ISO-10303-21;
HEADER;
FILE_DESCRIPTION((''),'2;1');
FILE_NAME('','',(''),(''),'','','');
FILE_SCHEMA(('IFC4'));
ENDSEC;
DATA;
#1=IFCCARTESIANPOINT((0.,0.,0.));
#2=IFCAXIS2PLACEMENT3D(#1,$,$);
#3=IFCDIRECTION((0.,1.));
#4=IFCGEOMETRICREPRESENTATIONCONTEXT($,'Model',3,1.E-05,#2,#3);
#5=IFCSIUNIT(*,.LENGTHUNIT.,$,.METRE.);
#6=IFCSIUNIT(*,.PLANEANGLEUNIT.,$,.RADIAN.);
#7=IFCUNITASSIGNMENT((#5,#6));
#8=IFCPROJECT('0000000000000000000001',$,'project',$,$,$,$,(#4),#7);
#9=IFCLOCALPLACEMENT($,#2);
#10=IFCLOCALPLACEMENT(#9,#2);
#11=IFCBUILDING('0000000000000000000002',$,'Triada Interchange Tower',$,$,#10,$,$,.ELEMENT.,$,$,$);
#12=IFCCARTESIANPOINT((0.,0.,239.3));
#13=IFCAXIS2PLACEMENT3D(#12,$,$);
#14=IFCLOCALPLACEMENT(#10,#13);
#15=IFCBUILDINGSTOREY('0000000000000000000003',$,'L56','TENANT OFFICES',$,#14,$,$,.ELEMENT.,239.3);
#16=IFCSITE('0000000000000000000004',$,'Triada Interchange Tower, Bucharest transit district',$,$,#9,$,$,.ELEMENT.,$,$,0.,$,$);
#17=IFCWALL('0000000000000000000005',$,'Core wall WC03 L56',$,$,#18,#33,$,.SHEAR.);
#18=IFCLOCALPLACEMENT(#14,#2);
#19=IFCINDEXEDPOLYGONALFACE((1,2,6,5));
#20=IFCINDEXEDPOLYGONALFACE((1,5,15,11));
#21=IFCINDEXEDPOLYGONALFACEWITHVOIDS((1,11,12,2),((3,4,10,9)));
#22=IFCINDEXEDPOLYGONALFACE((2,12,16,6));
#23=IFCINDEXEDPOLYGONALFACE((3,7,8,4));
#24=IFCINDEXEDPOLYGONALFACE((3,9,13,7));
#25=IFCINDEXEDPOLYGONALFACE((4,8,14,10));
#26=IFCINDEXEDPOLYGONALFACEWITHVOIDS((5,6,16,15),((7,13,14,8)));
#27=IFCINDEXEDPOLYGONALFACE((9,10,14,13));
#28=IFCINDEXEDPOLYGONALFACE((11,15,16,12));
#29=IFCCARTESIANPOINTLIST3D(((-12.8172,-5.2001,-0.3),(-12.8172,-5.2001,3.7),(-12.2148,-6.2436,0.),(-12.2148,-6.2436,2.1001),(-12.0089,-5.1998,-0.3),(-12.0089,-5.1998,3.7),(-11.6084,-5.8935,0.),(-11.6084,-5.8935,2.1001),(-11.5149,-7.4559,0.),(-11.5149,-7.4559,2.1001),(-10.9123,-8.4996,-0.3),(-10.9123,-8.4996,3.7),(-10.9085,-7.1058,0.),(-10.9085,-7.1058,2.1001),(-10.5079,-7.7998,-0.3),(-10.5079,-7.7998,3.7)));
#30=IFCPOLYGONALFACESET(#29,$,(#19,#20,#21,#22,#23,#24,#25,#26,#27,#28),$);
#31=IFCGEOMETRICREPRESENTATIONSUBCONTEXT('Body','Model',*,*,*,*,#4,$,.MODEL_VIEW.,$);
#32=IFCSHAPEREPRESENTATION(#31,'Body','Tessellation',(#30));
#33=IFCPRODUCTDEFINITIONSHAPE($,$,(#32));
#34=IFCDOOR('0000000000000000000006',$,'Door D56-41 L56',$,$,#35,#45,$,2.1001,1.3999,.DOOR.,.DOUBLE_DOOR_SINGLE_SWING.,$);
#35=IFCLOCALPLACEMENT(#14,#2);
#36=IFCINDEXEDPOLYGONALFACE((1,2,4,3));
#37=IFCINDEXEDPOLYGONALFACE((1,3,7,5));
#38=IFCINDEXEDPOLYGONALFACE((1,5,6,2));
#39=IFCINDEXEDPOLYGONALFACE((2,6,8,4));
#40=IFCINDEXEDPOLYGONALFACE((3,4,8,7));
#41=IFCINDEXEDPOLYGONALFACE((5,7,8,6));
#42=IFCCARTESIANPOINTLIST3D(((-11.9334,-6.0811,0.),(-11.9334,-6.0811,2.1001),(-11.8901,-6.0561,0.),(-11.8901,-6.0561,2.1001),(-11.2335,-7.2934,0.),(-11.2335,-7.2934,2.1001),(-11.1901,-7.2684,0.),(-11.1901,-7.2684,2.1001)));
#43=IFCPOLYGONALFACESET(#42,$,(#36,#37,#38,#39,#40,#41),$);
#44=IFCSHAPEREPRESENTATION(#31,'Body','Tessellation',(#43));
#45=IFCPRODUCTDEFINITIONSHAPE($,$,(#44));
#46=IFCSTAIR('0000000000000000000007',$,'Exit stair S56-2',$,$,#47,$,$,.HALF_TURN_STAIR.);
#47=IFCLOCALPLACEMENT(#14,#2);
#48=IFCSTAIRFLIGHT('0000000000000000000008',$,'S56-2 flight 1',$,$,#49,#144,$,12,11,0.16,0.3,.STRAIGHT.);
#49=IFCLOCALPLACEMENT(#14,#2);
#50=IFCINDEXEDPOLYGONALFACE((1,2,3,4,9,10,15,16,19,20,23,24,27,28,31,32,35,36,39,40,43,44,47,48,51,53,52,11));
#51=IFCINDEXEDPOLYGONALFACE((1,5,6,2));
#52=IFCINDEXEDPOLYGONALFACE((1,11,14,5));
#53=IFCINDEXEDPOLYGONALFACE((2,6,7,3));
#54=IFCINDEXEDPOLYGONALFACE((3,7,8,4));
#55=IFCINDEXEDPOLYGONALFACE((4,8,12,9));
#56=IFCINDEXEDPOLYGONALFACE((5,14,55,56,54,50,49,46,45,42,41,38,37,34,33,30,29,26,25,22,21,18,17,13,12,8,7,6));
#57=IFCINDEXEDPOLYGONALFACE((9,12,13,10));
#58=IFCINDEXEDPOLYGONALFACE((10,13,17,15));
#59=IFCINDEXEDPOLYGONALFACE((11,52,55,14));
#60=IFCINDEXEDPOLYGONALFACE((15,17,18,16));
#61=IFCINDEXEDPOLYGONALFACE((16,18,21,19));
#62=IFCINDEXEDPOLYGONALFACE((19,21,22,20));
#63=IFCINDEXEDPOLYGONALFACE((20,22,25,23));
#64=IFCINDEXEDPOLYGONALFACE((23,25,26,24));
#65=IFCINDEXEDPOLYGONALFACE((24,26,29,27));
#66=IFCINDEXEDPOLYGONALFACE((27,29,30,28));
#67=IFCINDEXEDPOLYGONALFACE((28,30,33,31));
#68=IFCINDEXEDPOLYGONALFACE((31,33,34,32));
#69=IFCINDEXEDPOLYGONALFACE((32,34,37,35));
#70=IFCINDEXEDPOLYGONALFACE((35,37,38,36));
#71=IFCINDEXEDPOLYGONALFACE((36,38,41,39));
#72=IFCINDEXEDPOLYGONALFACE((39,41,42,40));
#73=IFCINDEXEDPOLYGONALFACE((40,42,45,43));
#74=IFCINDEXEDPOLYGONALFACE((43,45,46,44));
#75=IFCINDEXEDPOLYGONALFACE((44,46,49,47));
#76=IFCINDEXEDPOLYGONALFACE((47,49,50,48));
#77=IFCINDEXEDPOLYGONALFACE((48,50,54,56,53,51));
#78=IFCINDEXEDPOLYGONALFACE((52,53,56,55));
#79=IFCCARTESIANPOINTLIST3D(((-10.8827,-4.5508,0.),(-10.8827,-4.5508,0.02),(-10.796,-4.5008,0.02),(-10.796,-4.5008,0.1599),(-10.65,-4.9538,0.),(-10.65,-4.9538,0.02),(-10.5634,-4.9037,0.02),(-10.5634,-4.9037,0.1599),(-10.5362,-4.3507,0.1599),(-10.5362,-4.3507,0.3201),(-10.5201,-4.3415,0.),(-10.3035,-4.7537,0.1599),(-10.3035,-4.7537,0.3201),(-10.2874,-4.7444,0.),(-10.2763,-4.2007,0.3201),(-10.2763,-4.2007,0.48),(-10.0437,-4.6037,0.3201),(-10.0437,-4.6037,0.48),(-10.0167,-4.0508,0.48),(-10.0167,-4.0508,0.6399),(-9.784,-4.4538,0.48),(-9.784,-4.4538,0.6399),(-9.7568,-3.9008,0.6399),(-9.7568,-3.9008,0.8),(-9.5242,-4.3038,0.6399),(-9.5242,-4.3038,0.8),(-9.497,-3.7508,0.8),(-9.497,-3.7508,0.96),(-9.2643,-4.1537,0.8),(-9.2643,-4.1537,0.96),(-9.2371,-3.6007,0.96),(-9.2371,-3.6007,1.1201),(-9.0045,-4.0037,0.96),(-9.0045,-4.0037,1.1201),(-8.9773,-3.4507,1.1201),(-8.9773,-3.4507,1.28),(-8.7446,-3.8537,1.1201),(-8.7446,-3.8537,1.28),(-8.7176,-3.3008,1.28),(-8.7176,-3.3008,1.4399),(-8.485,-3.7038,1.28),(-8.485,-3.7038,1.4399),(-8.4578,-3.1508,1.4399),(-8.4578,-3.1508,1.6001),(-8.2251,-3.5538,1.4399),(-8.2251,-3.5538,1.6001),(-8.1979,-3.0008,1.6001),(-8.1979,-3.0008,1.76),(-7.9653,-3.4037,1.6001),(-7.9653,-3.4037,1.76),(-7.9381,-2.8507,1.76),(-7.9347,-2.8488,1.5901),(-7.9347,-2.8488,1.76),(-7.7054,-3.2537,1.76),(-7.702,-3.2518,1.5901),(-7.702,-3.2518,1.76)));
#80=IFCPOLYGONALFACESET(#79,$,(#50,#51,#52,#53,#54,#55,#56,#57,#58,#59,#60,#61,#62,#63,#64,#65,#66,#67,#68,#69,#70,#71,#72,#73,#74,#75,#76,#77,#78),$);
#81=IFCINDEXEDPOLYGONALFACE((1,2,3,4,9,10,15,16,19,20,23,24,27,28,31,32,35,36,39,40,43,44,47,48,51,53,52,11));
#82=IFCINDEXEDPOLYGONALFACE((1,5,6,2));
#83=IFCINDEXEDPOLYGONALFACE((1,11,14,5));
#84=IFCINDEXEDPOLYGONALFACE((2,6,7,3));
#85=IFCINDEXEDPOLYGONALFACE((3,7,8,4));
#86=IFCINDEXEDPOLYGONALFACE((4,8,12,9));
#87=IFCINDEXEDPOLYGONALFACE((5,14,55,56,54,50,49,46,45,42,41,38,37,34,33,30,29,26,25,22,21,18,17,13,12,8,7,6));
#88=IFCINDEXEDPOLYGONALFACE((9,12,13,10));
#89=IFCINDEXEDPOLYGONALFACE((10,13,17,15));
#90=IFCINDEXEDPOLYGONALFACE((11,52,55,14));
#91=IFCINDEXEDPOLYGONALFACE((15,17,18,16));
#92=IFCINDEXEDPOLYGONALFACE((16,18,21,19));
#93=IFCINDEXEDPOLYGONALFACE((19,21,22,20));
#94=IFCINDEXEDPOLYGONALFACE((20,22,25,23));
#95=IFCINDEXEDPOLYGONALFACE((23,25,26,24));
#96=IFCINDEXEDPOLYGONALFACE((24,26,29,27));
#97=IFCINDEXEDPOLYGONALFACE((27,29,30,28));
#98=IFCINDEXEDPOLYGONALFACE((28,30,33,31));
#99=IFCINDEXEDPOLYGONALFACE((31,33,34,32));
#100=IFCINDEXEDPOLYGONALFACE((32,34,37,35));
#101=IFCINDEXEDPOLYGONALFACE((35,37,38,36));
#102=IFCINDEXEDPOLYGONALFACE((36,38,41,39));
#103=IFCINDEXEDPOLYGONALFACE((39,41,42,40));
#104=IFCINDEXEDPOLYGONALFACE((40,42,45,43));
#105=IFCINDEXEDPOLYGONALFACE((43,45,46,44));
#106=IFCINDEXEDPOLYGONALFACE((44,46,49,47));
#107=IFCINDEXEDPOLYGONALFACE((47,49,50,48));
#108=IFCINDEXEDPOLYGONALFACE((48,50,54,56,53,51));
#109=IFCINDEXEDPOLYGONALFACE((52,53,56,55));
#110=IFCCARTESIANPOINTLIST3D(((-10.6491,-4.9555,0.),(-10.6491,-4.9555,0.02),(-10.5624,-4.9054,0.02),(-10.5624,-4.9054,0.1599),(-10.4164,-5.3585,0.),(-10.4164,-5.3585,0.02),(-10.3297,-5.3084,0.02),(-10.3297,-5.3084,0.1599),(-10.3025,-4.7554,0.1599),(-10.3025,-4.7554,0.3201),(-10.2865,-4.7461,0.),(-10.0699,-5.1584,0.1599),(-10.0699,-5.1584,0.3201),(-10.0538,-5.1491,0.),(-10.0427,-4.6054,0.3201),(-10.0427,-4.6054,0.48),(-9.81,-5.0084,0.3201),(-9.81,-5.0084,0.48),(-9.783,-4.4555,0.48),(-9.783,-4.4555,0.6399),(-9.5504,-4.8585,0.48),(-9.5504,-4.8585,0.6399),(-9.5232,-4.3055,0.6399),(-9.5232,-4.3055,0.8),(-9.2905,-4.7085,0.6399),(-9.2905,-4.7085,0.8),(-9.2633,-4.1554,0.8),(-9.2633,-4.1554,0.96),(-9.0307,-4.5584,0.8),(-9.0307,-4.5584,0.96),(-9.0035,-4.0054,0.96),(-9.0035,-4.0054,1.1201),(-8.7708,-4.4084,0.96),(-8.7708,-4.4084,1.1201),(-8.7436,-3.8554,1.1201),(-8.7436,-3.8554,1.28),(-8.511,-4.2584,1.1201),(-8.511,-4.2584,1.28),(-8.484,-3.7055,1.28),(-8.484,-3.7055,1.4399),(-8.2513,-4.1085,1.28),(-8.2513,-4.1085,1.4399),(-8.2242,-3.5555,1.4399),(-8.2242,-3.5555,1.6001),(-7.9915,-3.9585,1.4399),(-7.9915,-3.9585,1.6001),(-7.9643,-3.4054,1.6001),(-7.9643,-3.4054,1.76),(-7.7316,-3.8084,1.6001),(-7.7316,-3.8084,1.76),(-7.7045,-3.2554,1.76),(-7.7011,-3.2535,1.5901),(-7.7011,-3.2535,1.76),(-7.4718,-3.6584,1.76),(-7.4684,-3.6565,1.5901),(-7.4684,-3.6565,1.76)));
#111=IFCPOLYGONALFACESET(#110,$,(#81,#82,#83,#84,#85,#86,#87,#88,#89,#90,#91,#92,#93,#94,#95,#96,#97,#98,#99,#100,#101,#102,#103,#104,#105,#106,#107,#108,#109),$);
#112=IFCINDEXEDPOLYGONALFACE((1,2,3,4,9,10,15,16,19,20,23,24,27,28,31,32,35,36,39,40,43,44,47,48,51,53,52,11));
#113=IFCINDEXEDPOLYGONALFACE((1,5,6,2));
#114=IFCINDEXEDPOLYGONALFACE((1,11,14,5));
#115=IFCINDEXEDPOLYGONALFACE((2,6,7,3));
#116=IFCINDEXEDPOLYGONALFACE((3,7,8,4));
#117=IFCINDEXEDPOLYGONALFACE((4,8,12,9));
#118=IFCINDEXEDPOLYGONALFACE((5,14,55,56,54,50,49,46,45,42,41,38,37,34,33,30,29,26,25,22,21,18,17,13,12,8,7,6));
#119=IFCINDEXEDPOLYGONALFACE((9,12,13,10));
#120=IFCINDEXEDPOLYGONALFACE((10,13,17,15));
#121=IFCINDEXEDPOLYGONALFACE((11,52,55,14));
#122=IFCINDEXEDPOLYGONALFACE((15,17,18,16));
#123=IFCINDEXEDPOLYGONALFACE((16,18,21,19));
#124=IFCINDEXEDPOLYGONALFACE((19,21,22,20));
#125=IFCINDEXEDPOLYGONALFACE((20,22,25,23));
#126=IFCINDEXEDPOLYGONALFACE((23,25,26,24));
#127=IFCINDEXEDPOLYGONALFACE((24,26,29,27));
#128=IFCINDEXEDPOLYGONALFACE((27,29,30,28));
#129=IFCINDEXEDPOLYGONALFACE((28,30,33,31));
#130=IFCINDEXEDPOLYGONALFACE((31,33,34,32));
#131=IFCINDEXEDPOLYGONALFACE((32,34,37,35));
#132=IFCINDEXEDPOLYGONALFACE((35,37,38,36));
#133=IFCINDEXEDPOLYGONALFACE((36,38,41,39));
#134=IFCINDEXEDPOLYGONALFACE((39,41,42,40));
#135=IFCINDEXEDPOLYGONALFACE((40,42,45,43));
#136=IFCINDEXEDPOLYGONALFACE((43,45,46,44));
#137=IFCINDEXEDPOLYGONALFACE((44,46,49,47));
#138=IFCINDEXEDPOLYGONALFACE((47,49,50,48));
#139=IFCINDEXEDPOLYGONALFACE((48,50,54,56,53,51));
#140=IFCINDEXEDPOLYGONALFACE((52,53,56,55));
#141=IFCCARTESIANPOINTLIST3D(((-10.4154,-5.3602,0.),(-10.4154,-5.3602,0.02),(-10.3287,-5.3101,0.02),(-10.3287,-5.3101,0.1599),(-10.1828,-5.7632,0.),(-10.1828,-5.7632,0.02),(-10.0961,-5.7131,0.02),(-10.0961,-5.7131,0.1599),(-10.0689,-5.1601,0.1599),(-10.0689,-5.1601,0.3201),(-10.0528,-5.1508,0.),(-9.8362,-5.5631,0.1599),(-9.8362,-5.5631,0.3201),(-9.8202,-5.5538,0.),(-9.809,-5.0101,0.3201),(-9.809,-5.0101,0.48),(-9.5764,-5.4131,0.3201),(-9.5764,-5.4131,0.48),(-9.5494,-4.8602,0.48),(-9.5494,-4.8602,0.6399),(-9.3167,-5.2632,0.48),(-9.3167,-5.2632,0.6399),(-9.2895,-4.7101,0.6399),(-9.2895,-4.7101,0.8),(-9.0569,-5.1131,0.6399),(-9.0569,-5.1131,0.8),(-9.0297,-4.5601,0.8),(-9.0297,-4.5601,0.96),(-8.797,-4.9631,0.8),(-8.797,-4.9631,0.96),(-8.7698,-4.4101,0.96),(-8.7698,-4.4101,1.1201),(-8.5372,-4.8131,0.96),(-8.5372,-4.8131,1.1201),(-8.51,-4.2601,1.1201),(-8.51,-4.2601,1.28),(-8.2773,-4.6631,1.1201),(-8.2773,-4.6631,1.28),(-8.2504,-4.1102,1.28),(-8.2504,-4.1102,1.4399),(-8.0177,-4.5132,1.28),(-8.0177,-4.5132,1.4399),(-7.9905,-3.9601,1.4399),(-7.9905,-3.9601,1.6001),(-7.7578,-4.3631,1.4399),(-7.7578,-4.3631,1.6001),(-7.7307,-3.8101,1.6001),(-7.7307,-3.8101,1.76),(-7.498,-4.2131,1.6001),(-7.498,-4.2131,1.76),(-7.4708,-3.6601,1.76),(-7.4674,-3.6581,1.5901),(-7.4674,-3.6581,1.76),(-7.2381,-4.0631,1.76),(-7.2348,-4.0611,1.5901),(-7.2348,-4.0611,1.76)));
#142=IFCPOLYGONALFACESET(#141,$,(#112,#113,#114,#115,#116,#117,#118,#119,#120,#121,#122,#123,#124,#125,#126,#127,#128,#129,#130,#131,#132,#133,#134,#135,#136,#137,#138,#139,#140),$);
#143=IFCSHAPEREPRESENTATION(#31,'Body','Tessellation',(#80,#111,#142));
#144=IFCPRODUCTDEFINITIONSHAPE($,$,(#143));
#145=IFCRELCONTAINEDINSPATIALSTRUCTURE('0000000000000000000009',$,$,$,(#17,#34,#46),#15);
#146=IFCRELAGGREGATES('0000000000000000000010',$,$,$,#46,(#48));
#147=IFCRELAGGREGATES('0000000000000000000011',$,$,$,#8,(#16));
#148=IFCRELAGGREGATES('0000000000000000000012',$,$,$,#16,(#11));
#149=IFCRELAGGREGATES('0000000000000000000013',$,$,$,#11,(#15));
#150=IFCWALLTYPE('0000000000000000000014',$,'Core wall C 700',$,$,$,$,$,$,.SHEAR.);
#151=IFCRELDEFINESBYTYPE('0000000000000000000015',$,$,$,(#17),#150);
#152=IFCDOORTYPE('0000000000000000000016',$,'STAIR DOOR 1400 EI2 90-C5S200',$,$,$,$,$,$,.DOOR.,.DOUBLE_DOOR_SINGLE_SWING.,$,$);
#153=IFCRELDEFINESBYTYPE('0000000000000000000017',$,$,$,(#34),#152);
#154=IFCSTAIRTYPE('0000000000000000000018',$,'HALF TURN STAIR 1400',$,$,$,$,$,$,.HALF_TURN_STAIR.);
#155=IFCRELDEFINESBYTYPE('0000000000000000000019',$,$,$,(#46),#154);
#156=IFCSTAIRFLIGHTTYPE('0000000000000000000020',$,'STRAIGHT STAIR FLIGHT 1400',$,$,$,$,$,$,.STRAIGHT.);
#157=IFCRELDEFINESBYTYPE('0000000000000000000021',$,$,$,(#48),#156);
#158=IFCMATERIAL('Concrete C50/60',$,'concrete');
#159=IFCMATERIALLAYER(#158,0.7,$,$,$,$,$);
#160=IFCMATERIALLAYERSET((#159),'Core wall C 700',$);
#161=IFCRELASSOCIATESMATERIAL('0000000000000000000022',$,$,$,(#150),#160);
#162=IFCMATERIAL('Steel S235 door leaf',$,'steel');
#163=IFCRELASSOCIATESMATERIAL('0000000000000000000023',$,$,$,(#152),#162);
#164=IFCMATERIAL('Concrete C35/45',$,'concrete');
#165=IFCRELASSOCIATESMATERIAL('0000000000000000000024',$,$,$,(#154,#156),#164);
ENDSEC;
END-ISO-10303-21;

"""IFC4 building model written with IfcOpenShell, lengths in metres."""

from ifc_helpers import new_model, si_unit, direction, frame, frame_2d, origin, place, context, subcontext, project, spatial, polyline, rectangle, outline, extrude, material, layer, layer_set, type_object, element, fill, aggregate, save


model = new_model("IFC4")

# Units and contexts
model_context = context("Model", 3, precision=1e-05, world=origin(), true_north=direction((0.0, 1.0)))
body_context = subcontext(model_context, "Body", "Model", "MODEL_VIEW")
ifc_project = project(units=[si_unit("LENGTHUNIT", "METRE"), si_unit("PLANEANGLEUNIT", "RADIAN")], contexts=[model_context])

# Site, building, storey
site_placement = place(None, origin())
site = spatial("IfcSite", under=ifc_project, at=site_placement, Name="Triada Interchange Tower, Bucharest transit district", CompositionType="ELEMENT", RefElevation=0.0)
building_placement = place(site_placement, origin())
building = spatial("IfcBuilding", under=site, at=building_placement, Name="Triada Interchange Tower", CompositionType="ELEMENT")
storey_placement = place(building_placement, frame((0.0, 0.0, 239.3)))
storey = spatial("IfcBuildingStorey", under=building, at=storey_placement, Name="L56", Description="TENANT OFFICES", CompositionType="ELEMENT", Elevation=239.3)

# Shared definitions
ifc_material_1 = material(Name="Steel S235 door leaf", Category="steel")

# Wall, opening, door
ifc_material_2 = material(Name="Concrete C50/60", Category="concrete")
ifc_layer_1 = layer(ifc_material_2, 0.7)
ifc_layer_set_1 = layer_set([ifc_layer_1], Name="Core wall C 700")
wall_type_1 = type_object("IfcWallType", Name="Core wall C 700", PredefinedType="SHEAR", material=ifc_layer_set_1)
wall_1_placement = place(storey_placement, frame((-12.4131, -5.2, -0.3), z_axis=(0.0, 0.0, 1.0), x_axis=(0.499993, -0.866029, 0.0)))
wall_1 = element("IfcWall", 1, at=wall_1_placement, inside=storey, type_object=wall_type_1, Name="Core wall WC03 L56", PredefinedType="SHEAR", context=body_context, shape_type="SweptSolid", body=[
    extrude(outline(polyline([(-0.2019, -0.3501), (1.7031, -0.3501), (3.6079, -0.3501), (3.2041, 0.3501), (1.7031, 0.3501), (0.2019, 0.3501), (-0.2019, -0.3501)])), origin(), (0.0, 0.0, 1.0), 4.0),
])
opening_1_placement = place(wall_1_placement, frame((1.0029, 0.0, 0.3)))
opening_1 = element("IfcOpeningElement", 2, at=opening_1_placement, cuts=wall_1, PredefinedType="OPENING", context=body_context, shape_type="SweptSolid", body=[
    extrude(rectangle(XDim=1.3999, YDim=2.1001, at=frame_2d((0.7, 1.05))), frame((0.0, 0.3601, 0.0), z_axis=(0.0, -1.0, 0.0), x_axis=(1.0, 0.0, 0.0)), (0.0, 0.0, 1.0), 0.7202),
])
door_type_1 = type_object("IfcDoorType", Name="STAIR DOOR 1400 EI2 90-C5S200", OperationType="DOUBLE_DOOR_SINGLE_SWING", PredefinedType="DOOR", material=ifc_material_1)
door_1_placement = place(opening_1_placement, origin())
door_1 = element("IfcDoor", 3, at=door_1_placement, inside=storey, type_object=door_type_1, Name="Door D56-41 L56", OperationType="DOUBLE_DOOR_SINGLE_SWING", OverallHeight=2.1001, OverallWidth=1.3999, PredefinedType="DOOR", context=body_context, shape_type="SweptSolid", body=[
    extrude(rectangle(XDim=1.3999, YDim=2.1001, at=frame_2d((0.7, 1.05))), frame((0.0, 0.0249, 0.0), z_axis=(0.0, -1.0, 0.0), x_axis=(1.0, 0.0, 0.0)), (0.0, 0.0, 1.0), 0.05),
])
fill(opening_1, door_1)

# Stair, stair flight
ifc_material_3 = material(Name="Concrete C35/45", Category="concrete")
stair_type = type_object("IfcStairType", Name="HALF TURN STAIR 1400", PredefinedType="HALF_TURN_STAIR", material=ifc_material_3)
stair_placement = place(storey_placement, origin())
stair = element("IfcStair", 4, at=stair_placement, inside=storey, type_object=stair_type, Name="Exit stair S56-2", PredefinedType="HALF_TURN_STAIR")
stair_flight_type = type_object("IfcStairFlightType", Name="STRAIGHT STAIR FLIGHT 1400", PredefinedType="STRAIGHT", material=ifc_material_3)
stair_flight_1_placement = place(storey_placement, frame((-10.446, -5.1069, 0.0), z_axis=(0.0, 0.0, 1.0), x_axis=(0.866025, 0.5, 0.0)))
stair_flight_1 = element("IfcStairFlight", 5, at=stair_flight_1_placement, type_object=stair_flight_type, Name="S56-2 flight 1", NumberOfRisers=12, NumberOfTreads=11, PredefinedType="STRAIGHT", RiserHeight=0.16, TreadLength=0.3, context=body_context, shape_type="SweptSolid", body=[
    extrude(outline(polyline([(-0.1001, 0.0), (-0.1001, 0.02), (0.0, 0.02), (0.0, 0.1599), (0.3, 0.1599), (0.3, 0.3201), (0.6001, 0.3201), (0.6001, 0.48), (0.8999, 0.48), (0.8999, 0.6399), (1.2, 0.6399), (1.2, 0.8), (1.5, 0.8), (1.5, 0.96), (1.8, 0.96), (1.8, 1.1201), (2.1001, 1.1201), (2.1001, 1.28), (2.3999, 1.28), (2.3999, 1.4399), (2.7, 1.4399), (2.7, 1.6001), (3.0, 1.6001), (3.0, 1.76), (3.3, 1.76), (3.304, 1.76), (3.304, 1.9199), (3.304, 1.5901), (0.3186, 0.0), (-0.1001, 0.0)])), frame((0.0, 0.7, 0.0), z_axis=(0.0, -1.0, 0.0), x_axis=(1.0, 0.0, 0.0)), (0.0, 0.0, 1.0), 0.4653),
    extrude(outline(polyline([(-0.1001, 0.0), (-0.1001, 0.02), (0.0, 0.02), (0.0, 0.1599), (0.3, 0.1599), (0.3, 0.3201), (0.6001, 0.3201), (0.6001, 0.48), (0.8999, 0.48), (0.8999, 0.6399), (1.2, 0.6399), (1.2, 0.8), (1.5, 0.8), (1.5, 0.96), (1.8, 0.96), (1.8, 1.1201), (2.1001, 1.1201), (2.1001, 1.28), (2.3999, 1.28), (2.3999, 1.4399), (2.7, 1.4399), (2.7, 1.6001), (3.0, 1.6001), (3.0, 1.76), (3.3, 1.76), (3.304, 1.76), (3.304, 1.9199), (3.304, 1.5901), (0.3186, 0.0), (-0.1001, 0.0)])), frame((0.0, 0.2327, 0.0), z_axis=(0.0, -1.0, 0.0), x_axis=(1.0, 0.0, 0.0)), (0.0, 0.0, 1.0), 0.4653),
    extrude(outline(polyline([(-0.1001, 0.0), (-0.1001, 0.02), (0.0, 0.02), (0.0, 0.1599), (0.3, 0.1599), (0.3, 0.3201), (0.6001, 0.3201), (0.6001, 0.48), (0.8999, 0.48), (0.8999, 0.6399), (1.2, 0.6399), (1.2, 0.8), (1.5, 0.8), (1.5, 0.96), (1.8, 0.96), (1.8, 1.1201), (2.1001, 1.1201), (2.1001, 1.28), (2.3999, 1.28), (2.3999, 1.4399), (2.7, 1.4399), (2.7, 1.6001), (3.0, 1.6001), (3.0, 1.76), (3.3, 1.76), (3.304, 1.76), (3.304, 1.9199), (3.304, 1.5901), (0.3186, 0.0), (-0.1001, 0.0)])), frame((0.0, -0.2346, 0.0), z_axis=(0.0, -1.0, 0.0), x_axis=(1.0, 0.0, 0.0)), (0.0, 0.0, 1.0), 0.4653),
])
aggregate(stair, [stair_flight_1])

save(model, "model.ifc")
